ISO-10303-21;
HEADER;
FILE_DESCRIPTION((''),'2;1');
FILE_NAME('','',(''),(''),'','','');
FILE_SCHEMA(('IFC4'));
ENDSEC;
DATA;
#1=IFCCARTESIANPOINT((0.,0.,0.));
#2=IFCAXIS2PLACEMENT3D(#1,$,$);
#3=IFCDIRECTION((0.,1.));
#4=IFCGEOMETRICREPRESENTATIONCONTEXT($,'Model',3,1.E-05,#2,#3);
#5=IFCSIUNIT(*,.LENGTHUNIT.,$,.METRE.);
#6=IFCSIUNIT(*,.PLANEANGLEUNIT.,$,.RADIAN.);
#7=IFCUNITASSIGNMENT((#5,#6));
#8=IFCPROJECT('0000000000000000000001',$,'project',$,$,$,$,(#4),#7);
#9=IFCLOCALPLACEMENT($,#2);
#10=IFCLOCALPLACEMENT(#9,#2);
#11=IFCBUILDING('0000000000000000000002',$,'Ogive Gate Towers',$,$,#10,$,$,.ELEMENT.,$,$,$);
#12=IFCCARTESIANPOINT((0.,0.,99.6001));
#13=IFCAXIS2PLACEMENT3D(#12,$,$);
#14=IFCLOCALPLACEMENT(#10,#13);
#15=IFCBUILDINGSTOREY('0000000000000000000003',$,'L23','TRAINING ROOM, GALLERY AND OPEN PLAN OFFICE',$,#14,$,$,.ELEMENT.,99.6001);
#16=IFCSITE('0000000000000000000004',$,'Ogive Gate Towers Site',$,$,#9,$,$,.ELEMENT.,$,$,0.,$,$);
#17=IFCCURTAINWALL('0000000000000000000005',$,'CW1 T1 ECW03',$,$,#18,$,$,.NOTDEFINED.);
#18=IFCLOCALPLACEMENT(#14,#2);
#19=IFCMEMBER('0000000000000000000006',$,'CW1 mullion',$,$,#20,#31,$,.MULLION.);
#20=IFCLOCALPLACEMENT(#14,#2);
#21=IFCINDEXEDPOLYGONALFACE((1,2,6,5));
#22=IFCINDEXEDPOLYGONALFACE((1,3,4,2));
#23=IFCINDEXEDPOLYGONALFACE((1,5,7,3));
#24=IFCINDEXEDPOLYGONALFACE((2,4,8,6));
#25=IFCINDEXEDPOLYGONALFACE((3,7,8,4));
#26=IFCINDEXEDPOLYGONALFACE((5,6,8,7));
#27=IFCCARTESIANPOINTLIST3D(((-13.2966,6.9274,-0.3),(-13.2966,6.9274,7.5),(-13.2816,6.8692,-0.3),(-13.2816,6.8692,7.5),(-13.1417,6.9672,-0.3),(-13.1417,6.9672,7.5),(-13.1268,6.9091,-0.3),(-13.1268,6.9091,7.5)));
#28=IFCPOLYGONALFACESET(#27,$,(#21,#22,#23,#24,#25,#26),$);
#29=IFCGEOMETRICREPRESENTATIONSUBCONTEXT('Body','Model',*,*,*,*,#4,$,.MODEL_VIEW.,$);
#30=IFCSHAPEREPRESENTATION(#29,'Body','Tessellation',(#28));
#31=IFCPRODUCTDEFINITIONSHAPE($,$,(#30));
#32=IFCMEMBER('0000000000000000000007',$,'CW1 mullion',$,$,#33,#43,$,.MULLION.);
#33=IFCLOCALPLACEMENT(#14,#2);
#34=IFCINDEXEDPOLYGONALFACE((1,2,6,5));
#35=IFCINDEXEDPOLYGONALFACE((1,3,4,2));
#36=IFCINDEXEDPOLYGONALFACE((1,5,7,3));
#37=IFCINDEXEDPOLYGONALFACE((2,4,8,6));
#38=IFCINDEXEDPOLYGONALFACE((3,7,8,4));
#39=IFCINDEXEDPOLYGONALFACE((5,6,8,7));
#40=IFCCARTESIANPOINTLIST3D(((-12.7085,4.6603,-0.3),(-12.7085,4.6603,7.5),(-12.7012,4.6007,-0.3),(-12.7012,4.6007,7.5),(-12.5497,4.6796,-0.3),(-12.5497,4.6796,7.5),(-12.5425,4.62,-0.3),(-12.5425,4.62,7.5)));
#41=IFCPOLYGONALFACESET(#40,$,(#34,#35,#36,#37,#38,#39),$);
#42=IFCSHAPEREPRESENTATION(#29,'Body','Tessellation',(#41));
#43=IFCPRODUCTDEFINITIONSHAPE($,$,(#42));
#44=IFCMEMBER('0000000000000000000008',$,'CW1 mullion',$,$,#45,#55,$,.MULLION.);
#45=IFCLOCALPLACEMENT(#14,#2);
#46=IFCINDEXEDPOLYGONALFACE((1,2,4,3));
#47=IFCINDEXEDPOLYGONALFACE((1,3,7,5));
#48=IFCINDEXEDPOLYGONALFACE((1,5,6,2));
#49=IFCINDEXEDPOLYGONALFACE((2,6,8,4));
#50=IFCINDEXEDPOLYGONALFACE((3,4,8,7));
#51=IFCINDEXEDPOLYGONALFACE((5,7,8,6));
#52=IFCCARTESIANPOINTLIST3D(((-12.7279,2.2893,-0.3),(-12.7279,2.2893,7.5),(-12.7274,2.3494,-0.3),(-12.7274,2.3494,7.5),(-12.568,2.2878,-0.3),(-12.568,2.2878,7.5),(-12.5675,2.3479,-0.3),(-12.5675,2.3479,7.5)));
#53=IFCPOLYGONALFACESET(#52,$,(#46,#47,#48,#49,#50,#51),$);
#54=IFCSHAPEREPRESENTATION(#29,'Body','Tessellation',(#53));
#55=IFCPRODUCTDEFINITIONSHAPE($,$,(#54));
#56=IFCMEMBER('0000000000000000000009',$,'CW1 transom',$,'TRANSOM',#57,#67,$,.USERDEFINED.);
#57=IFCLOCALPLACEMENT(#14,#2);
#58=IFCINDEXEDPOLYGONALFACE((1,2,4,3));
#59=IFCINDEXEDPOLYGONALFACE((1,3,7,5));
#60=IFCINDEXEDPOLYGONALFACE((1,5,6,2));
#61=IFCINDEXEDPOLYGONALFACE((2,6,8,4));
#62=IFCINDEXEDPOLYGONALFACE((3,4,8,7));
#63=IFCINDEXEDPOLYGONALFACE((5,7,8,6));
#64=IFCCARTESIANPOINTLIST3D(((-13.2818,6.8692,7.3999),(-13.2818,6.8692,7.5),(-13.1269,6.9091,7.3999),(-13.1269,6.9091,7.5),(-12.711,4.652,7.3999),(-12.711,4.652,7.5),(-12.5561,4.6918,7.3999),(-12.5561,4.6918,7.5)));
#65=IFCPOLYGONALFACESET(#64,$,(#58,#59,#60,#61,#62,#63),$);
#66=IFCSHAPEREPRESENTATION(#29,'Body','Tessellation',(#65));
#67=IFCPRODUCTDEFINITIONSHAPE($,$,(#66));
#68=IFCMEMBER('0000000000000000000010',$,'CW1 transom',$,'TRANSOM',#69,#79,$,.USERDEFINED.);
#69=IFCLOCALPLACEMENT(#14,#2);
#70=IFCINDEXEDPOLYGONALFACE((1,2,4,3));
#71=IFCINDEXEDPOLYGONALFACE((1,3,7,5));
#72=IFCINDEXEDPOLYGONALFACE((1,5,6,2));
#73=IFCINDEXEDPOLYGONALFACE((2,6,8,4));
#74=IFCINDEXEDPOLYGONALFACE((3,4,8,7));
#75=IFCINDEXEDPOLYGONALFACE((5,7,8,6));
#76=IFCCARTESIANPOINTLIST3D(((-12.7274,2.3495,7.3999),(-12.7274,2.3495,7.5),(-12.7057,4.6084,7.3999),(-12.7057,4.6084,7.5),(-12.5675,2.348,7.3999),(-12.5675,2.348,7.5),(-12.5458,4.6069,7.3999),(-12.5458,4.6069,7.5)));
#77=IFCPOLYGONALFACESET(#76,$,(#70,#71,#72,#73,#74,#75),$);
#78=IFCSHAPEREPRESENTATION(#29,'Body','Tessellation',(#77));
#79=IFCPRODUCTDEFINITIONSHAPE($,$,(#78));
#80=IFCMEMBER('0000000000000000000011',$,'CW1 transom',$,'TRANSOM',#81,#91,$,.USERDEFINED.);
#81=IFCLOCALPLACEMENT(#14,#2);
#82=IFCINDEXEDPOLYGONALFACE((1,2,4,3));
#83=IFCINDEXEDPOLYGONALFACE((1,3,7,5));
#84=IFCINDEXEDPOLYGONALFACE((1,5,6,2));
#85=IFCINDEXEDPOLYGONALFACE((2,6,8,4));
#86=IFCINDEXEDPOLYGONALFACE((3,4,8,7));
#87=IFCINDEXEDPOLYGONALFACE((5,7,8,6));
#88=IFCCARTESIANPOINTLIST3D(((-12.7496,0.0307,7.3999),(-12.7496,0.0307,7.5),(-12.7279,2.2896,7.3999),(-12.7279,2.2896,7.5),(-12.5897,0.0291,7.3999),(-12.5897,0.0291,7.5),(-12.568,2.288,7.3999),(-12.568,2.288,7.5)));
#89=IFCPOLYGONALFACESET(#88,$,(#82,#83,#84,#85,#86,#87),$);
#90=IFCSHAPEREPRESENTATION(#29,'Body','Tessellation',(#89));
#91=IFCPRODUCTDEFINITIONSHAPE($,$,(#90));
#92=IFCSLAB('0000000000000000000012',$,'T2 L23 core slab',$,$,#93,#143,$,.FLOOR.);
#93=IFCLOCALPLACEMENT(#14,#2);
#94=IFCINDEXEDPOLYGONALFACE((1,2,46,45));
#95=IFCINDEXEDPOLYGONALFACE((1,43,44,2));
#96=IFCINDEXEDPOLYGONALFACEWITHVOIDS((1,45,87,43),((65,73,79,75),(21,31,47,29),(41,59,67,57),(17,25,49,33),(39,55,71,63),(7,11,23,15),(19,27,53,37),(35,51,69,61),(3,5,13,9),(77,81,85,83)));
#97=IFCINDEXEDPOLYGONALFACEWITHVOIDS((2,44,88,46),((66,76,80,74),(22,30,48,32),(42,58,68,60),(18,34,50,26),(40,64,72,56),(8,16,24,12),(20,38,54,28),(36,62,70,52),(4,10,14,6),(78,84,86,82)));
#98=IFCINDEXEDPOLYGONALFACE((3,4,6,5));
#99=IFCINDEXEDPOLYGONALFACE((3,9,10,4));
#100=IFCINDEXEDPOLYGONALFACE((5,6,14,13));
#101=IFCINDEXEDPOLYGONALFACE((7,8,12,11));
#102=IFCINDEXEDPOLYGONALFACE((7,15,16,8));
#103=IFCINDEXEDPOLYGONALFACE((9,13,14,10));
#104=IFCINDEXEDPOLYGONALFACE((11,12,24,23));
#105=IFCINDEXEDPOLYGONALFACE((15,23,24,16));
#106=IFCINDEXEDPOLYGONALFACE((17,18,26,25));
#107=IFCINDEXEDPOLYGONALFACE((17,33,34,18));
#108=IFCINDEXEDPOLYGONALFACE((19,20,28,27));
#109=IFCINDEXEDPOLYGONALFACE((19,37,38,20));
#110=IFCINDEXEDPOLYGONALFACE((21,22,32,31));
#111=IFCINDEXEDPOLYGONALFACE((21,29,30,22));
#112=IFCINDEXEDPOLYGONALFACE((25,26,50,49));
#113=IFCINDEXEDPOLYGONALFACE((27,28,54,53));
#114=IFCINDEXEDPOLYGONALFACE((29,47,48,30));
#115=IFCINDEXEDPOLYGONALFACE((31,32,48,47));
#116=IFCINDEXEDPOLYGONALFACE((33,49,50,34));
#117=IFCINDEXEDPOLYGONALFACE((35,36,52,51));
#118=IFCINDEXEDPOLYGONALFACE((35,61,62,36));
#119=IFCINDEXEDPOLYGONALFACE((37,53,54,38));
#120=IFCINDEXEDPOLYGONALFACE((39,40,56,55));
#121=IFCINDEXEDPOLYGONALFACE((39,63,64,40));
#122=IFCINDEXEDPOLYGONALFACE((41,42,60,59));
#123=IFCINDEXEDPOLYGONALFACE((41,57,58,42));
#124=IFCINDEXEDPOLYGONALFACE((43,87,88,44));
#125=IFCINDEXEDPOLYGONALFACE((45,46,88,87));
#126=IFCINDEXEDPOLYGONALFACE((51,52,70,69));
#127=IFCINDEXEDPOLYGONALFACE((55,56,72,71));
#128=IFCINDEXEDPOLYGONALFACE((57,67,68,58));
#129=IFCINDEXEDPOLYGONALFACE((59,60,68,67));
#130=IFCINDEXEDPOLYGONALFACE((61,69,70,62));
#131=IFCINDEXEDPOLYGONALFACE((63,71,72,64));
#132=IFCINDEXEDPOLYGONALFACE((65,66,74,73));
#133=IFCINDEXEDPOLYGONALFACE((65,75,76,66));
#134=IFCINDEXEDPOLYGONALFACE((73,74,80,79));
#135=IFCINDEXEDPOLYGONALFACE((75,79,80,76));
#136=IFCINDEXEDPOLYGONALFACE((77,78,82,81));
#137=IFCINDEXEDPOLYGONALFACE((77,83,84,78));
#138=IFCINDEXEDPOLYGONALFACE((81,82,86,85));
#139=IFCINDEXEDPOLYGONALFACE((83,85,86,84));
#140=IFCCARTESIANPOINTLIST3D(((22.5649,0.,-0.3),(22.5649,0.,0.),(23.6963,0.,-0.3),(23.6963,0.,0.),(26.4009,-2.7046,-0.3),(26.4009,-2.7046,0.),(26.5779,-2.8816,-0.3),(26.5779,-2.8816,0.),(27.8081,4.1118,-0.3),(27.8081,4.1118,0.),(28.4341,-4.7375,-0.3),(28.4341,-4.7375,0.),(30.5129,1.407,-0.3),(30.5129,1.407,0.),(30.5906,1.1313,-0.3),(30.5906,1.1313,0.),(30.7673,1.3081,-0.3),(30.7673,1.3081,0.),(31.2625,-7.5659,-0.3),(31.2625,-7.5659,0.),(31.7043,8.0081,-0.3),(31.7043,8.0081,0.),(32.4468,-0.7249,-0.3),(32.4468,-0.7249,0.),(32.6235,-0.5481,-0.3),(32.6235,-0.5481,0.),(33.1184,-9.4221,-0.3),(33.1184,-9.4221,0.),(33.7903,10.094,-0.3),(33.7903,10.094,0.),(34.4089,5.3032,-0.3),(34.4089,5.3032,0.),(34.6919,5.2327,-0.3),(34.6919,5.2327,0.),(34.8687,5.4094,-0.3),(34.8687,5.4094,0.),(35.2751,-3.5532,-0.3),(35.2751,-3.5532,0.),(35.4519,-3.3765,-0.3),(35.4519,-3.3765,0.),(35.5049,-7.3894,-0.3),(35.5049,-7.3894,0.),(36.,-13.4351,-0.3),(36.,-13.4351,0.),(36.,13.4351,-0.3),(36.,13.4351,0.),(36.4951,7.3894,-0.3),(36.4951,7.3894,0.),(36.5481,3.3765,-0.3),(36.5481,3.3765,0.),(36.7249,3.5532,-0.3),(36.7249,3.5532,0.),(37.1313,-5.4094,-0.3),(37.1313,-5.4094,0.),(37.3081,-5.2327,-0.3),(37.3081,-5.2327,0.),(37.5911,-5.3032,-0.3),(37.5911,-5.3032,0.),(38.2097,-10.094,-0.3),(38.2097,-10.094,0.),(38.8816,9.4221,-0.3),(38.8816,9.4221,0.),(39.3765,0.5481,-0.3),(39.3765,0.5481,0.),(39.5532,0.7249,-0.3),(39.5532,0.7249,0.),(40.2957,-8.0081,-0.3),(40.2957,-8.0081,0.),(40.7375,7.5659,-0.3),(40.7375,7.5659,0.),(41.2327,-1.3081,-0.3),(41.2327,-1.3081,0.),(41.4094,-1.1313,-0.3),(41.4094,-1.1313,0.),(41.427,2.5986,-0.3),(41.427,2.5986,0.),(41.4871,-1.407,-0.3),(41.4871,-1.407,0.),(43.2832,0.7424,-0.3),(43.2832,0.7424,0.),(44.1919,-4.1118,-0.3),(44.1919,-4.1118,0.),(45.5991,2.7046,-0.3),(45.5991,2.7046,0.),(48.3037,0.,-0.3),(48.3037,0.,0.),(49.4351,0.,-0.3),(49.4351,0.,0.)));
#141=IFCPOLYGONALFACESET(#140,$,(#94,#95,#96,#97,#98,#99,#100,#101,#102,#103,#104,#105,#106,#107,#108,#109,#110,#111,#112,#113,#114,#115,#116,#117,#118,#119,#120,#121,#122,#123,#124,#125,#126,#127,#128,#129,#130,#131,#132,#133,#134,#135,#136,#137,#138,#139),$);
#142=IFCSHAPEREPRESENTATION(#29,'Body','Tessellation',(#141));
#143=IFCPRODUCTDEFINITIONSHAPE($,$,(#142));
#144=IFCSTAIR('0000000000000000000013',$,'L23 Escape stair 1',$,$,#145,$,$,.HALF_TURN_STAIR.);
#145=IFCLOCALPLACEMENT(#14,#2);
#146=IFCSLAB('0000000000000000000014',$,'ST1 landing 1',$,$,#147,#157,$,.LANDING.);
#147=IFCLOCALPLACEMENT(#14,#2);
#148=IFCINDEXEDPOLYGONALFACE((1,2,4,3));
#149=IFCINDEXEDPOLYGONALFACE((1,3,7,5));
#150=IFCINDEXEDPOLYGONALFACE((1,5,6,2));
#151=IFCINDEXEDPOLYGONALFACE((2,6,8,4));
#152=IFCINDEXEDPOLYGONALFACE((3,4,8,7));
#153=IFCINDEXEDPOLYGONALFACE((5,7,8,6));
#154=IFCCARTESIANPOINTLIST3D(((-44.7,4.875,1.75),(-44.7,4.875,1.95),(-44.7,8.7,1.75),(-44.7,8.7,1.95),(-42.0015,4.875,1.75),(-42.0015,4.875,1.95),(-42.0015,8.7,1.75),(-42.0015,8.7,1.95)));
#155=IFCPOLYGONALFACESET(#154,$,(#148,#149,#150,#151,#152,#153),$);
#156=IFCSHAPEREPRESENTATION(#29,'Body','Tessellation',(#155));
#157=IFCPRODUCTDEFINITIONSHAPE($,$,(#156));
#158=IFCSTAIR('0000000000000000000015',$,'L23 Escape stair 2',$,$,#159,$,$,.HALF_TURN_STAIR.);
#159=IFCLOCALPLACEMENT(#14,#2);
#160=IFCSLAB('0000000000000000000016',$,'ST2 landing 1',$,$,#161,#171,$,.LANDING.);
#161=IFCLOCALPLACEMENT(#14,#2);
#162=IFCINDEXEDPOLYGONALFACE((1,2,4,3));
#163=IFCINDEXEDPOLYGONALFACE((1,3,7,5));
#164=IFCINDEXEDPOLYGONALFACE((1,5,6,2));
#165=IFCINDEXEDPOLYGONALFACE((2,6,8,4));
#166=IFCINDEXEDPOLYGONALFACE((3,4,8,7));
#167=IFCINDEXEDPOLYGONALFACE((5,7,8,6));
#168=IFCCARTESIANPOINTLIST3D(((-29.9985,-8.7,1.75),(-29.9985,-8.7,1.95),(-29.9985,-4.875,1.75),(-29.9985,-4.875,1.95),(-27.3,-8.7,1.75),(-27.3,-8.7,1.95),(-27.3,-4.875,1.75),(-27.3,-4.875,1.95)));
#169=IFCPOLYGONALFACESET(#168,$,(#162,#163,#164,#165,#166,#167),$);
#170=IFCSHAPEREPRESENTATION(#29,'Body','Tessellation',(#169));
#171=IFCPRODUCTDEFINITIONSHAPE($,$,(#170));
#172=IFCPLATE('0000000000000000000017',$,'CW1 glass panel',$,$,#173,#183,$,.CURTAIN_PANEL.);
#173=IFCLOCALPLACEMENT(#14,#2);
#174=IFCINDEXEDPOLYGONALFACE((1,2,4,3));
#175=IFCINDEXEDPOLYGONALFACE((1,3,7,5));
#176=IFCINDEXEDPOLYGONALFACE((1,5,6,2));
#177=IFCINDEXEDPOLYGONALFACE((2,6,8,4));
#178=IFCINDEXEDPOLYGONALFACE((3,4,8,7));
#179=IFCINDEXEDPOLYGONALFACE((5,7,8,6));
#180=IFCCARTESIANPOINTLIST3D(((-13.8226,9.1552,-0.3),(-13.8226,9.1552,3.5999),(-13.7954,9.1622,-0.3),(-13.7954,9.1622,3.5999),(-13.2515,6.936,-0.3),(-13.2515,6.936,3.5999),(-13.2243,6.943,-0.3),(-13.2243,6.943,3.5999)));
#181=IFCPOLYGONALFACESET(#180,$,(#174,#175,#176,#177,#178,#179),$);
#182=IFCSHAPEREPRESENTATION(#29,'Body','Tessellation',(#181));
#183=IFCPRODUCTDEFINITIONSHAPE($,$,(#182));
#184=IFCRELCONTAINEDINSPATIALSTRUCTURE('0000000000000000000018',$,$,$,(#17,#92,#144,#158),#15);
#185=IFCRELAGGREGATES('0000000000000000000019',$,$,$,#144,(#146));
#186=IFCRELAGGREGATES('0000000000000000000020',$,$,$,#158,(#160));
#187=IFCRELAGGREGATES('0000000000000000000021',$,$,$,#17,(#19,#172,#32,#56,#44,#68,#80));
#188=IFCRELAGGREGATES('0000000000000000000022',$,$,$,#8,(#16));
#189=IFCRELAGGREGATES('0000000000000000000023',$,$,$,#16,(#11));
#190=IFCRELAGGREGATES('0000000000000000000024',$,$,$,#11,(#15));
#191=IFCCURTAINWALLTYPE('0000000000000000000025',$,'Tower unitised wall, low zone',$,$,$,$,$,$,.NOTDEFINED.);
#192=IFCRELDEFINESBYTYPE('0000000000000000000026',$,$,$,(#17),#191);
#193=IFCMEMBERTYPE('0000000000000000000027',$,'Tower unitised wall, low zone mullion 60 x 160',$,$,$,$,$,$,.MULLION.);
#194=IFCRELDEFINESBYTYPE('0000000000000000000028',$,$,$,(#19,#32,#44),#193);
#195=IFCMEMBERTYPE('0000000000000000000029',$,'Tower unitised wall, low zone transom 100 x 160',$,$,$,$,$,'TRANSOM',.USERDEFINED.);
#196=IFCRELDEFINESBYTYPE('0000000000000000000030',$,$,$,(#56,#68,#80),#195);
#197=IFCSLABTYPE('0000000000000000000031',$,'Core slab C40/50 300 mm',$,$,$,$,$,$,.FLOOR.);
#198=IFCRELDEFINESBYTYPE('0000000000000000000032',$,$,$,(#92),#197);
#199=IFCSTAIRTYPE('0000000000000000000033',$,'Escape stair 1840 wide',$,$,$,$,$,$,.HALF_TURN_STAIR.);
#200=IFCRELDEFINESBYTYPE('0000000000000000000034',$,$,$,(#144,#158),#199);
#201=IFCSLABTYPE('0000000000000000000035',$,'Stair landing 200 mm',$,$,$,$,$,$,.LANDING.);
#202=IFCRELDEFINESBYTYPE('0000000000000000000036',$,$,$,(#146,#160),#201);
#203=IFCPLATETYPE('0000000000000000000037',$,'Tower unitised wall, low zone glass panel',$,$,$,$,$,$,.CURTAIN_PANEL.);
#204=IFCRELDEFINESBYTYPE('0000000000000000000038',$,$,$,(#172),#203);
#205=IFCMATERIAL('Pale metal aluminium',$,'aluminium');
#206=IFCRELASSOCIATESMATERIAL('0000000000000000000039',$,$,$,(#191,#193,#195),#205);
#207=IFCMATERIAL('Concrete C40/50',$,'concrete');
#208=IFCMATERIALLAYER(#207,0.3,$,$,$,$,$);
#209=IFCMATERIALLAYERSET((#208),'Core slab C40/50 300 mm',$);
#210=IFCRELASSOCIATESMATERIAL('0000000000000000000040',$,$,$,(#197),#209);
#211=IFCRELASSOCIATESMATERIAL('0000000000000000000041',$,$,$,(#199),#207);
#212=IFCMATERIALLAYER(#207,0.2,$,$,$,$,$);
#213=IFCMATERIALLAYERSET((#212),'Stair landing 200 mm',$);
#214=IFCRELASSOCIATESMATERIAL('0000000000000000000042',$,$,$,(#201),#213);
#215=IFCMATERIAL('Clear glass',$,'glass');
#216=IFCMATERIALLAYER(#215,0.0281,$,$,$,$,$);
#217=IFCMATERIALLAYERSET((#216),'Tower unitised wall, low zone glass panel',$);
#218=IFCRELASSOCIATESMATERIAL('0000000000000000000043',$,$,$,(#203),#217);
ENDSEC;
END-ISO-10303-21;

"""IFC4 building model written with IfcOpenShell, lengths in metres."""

from ifc_helpers import new_model, si_unit, direction, frame, origin, origin_2d, place, context, subcontext, project, spatial, polyline, rectangle, outline, extrude, material, layer, layer_set, material_profile, profile_set, type_object, element, aggregate, save


model = new_model("IFC4")

# Units and contexts
model_context = context("Model", 3, precision=1e-05, world=origin(), true_north=direction((0.0, 1.0)))
body_context = subcontext(model_context, "Body", "Model", "MODEL_VIEW")
ifc_project = project(units=[si_unit("LENGTHUNIT", "METRE"), si_unit("PLANEANGLEUNIT", "RADIAN")], contexts=[model_context])

# Site, building, storey
site_placement = place(None, origin())
site = spatial("IfcSite", under=ifc_project, at=site_placement, Name="Ogive Gate Towers Site", CompositionType="ELEMENT", RefElevation=0.0)
building_placement = place(site_placement, origin())
building = spatial("IfcBuilding", under=site, at=building_placement, Name="Ogive Gate Towers", CompositionType="ELEMENT")
storey_placement = place(building_placement, frame((0.0, 0.0, 99.6001)))
storey = spatial("IfcBuildingStorey", under=building, at=storey_placement, Name="L23", Description="TRAINING ROOM, GALLERY AND OPEN PLAN OFFICE", CompositionType="ELEMENT", Elevation=99.6001)

# Curtain wall, members
ifc_material_1 = material(Name="Pale metal aluminium", Category="aluminium")
curtain_wall_type = type_object("IfcCurtainWallType", Name="Tower unitised wall, low zone", PredefinedType="NOTDEFINED", material=ifc_material_1)
curtain_wall_placement = place(storey_placement, origin())
curtain_wall = element("IfcCurtainWall", 1, at=curtain_wall_placement, inside=storey, type_object=curtain_wall_type, Name="CW1 T1 ECW03", PredefinedType="NOTDEFINED")
ifc_material_profile_1 = material_profile(ifc_material_1, rectangle(XDim=0.1599, YDim=0.0601, at=origin_2d()), Name="60 x 160 aluminium box")
ifc_profile_set_1 = profile_set([ifc_material_profile_1], Name="Pale metal aluminium")
member_type_1 = type_object("IfcMemberType", Name="Tower unitised wall, low zone mullion 60 x 160", PredefinedType="MULLION", material=ifc_profile_set_1)
member_1_placement = place(storey_placement, frame((-13.2117, 6.9182, -0.3), z_axis=(0.0, 0.0, 1.0), x_axis=(-0.96844, -0.249248, 0.0)))
member_1 = element("IfcMember", 2, at=member_1_placement, type_object=member_type_1, Name="CW1 mullion", PredefinedType="MULLION", context=body_context, shape_type="SweptSolid", body=[
    extrude(rectangle(XDim=0.1599, YDim=0.0601, at=origin_2d()), origin(), (0.0, 0.0, 1.0), 7.8),
])
member_2_placement = place(storey_placement, frame((-12.6255, 4.6401, -0.3), z_axis=(0.0, 0.0, 1.0), x_axis=(-0.992669, -0.120865, 0.0)))
member_2 = element("IfcMember", 3, at=member_2_placement, type_object=member_type_1, Name="CW1 mullion", PredefinedType="MULLION", context=body_context, shape_type="SweptSolid", body=[
    extrude(rectangle(XDim=0.1599, YDim=0.0601, at=origin_2d()), origin(), (0.0, 0.0, 1.0), 7.8),
])
member_3_placement = place(storey_placement, frame((-12.6477, 2.3186, -0.3), z_axis=(0.0, 0.0, 1.0), x_axis=(-0.999954, 0.009599, 0.0)))
member_3 = element("IfcMember", 4, at=member_3_placement, type_object=member_type_1, Name="CW1 mullion", PredefinedType="MULLION", context=body_context, shape_type="SweptSolid", body=[
    extrude(rectangle(XDim=0.1599, YDim=0.0601, at=origin_2d()), origin(), (0.0, 0.0, 1.0), 7.8),
])
ifc_material_profile_2 = material_profile(ifc_material_1, rectangle(XDim=0.1599, YDim=0.1001, at=origin_2d()), Name="100 x 160 aluminium box")
ifc_profile_set_2 = profile_set([ifc_material_profile_2], Name="Pale metal aluminium")
member_type_2 = type_object("IfcMemberType", Name="Tower unitised wall, low zone transom 100 x 160", ElementType="TRANSOM", PredefinedType="USERDEFINED", material=ifc_profile_set_2)
member_4_placement = place(storey_placement, frame((-13.2043, 6.8892, 7.45), z_axis=(0.249304, -0.968425, 0.0), x_axis=(0.968425, 0.249304, 0.0)))
member_4 = element("IfcMember", 5, at=member_4_placement, type_object=member_type_2, Name="CW1 transom", ObjectType="TRANSOM", PredefinedType="USERDEFINED", context=body_context, shape_type="SweptSolid", body=[
    extrude(rectangle(XDim=0.1599, YDim=0.1001, at=origin_2d()), origin(), (0.0, 0.0, 1.0), 2.2896),
])
member_5_placement = place(storey_placement, frame((-12.6257, 4.6077, 7.45), z_axis=(-0.009618, -0.999954, 0.0), x_axis=(0.999954, -0.009618, 0.0)))
member_5 = element("IfcMember", 6, at=member_5_placement, type_object=member_type_2, Name="CW1 transom", ObjectType="TRANSOM", PredefinedType="USERDEFINED", context=body_context, shape_type="SweptSolid", body=[
    extrude(rectangle(XDim=0.1599, YDim=0.1001, at=origin_2d()), origin(), (0.0, 0.0, 1.0), 2.259),
])
member_6_placement = place(storey_placement, frame((-12.6479, 2.2888, 7.45), z_axis=(-0.009618, -0.999954, 0.0), x_axis=(0.999954, -0.009618, 0.0)))
member_6 = element("IfcMember", 7, at=member_6_placement, type_object=member_type_2, Name="CW1 transom", ObjectType="TRANSOM", PredefinedType="USERDEFINED", context=body_context, shape_type="SweptSolid", body=[
    extrude(rectangle(XDim=0.1599, YDim=0.1001, at=origin_2d()), origin(), (0.0, 0.0, 1.0), 2.259),
])

# Slab
ifc_material_2 = material(Name="Concrete C40/50", Category="concrete")
ifc_layer_1 = layer(ifc_material_2, 0.3)
ifc_layer_set_1 = layer_set([ifc_layer_1], Name="Core slab C40/50 300 mm")
slab_type_1 = type_object("IfcSlabType", Name="Core slab C40/50 300 mm", PredefinedType="FLOOR", material=ifc_layer_set_1)
slab_1_placement = place(storey_placement, frame((0.0, 0.0, -0.3)))
element("IfcSlab", 8, at=slab_1_placement, inside=storey, type_object=slab_type_1, Name="T2 L23 core slab", PredefinedType="FLOOR", context=body_context, shape_type="SweptSolid", body=[
    extrude(outline(polyline([(36.0, 13.4351), (49.4351, 0.0), (36.0, -13.4351), (22.5649, 0.0), (36.0, 13.4351)]), holes=[polyline([(30.5906, 1.1313), (26.5779, -2.8816), (28.4341, -4.7375), (32.4468, -0.7249), (30.5906, 1.1313)]), polyline([(36.5481, 3.3765), (34.6919, 5.2327), (30.7673, 1.3081), (32.6235, -0.5481), (36.5481, 3.3765)]), polyline([(36.7249, 3.5532), (40.7375, 7.5659), (38.8816, 9.4221), (34.8687, 5.4094), (36.7249, 3.5532)]), polyline([(31.2625, -7.5659), (33.1184, -9.4221), (37.1313, -5.4094), (35.2751, -3.5532), (31.2625, -7.5659)]), polyline([(39.3765, 0.5481), (35.4519, -3.3765), (37.3081, -5.2327), (41.2327, -1.3081), (39.3765, 0.5481)]), polyline([(43.2832, 0.7424), (41.427, 2.5986), (39.5532, 0.7249), (41.4094, -1.1313), (43.2832, 0.7424)]), polyline([(34.4089, 5.3032), (36.4951, 7.3894), (33.7903, 10.094), (31.7043, 8.0081), (34.4089, 5.3032)]), polyline([(35.5049, -7.3894), (38.2097, -10.094), (40.2957, -8.0081), (37.5911, -5.3032), (35.5049, -7.3894)]), polyline([(26.4009, -2.7046), (30.5129, 1.407), (27.8081, 4.1118), (23.6963, 0.0), (26.4009, -2.7046)]), polyline([(48.3037, 0.0), (45.5991, 2.7046), (41.4871, -1.407), (44.1919, -4.1118), (48.3037, 0.0)])]), origin(), (0.0, 0.0, 1.0), 0.3),
])

# Stairs, slabs
stair_type = type_object("IfcStairType", Name="Escape stair 1840 wide", PredefinedType="HALF_TURN_STAIR", material=ifc_material_2)
stair_1_placement = place(storey_placement, origin())
stair_1 = element("IfcStair", 9, at=stair_1_placement, inside=storey, type_object=stair_type, Name="L23 Escape stair 1", PredefinedType="HALF_TURN_STAIR")
ifc_layer_2 = layer(ifc_material_2, 0.2)
ifc_layer_set_2 = layer_set([ifc_layer_2], Name="Stair landing 200 mm")
slab_type_2 = type_object("IfcSlabType", Name="Stair landing 200 mm", PredefinedType="LANDING", material=ifc_layer_set_2)
slab_2_placement = place(storey_placement, frame((0.0, 0.0, 1.75)))
slab_2 = element("IfcSlab", 10, at=slab_2_placement, type_object=slab_type_2, Name="ST1 landing 1", PredefinedType="LANDING", context=body_context, shape_type="SweptSolid", body=[
    extrude(outline(polyline([(-42.0015, 8.7), (-44.7, 8.7), (-44.7, 4.875), (-42.0015, 4.875), (-42.0015, 8.7)])), origin(), (0.0, 0.0, 1.0), 0.2),
])
aggregate(stair_1, [slab_2])
stair_2_placement = place(storey_placement, origin())
stair_2 = element("IfcStair", 11, at=stair_2_placement, inside=storey, type_object=stair_type, Name="L23 Escape stair 2", PredefinedType="HALF_TURN_STAIR")
slab_3_placement = place(storey_placement, frame((0.0, 0.0, 1.75)))
slab_3 = element("IfcSlab", 12, at=slab_3_placement, type_object=slab_type_2, Name="ST2 landing 1", PredefinedType="LANDING", context=body_context, shape_type="SweptSolid", body=[
    extrude(outline(polyline([(-29.9985, -8.7), (-27.3, -8.7), (-27.3, -4.875), (-29.9985, -4.875), (-29.9985, -8.7)])), origin(), (0.0, 0.0, 1.0), 0.2),
])
aggregate(stair_2, [slab_3])

# Plate
ifc_material_3 = material(Name="Clear glass", Category="glass")
ifc_layer_3 = layer(ifc_material_3, 0.0281)
ifc_layer_set_3 = layer_set([ifc_layer_3], Name="Tower unitised wall, low zone glass panel")
plate_type = type_object("IfcPlateType", Name="Tower unitised wall, low zone glass panel", PredefinedType="CURTAIN_PANEL", material=ifc_layer_set_3)
plate_1_placement = place(storey_placement, frame((-13.5234, 8.0491, -0.3), z_axis=(0.0, 0.0, 1.0), x_axis=(0.249248, -0.96844, 0.0)))
plate_1 = element("IfcPlate", 13, at=plate_1_placement, type_object=plate_type, Name="CW1 glass panel", PredefinedType="CURTAIN_PANEL", context=body_context, shape_type="SweptSolid", body=[
    extrude(rectangle(XDim=2.2915, YDim=0.0281, at=origin_2d()), origin(), (0.0, 0.0, 1.0), 3.8999),
])
aggregate(curtain_wall, [member_1, plate_1, member_2, member_4, member_3, member_5, member_6])

save(model, "model.ifc")
